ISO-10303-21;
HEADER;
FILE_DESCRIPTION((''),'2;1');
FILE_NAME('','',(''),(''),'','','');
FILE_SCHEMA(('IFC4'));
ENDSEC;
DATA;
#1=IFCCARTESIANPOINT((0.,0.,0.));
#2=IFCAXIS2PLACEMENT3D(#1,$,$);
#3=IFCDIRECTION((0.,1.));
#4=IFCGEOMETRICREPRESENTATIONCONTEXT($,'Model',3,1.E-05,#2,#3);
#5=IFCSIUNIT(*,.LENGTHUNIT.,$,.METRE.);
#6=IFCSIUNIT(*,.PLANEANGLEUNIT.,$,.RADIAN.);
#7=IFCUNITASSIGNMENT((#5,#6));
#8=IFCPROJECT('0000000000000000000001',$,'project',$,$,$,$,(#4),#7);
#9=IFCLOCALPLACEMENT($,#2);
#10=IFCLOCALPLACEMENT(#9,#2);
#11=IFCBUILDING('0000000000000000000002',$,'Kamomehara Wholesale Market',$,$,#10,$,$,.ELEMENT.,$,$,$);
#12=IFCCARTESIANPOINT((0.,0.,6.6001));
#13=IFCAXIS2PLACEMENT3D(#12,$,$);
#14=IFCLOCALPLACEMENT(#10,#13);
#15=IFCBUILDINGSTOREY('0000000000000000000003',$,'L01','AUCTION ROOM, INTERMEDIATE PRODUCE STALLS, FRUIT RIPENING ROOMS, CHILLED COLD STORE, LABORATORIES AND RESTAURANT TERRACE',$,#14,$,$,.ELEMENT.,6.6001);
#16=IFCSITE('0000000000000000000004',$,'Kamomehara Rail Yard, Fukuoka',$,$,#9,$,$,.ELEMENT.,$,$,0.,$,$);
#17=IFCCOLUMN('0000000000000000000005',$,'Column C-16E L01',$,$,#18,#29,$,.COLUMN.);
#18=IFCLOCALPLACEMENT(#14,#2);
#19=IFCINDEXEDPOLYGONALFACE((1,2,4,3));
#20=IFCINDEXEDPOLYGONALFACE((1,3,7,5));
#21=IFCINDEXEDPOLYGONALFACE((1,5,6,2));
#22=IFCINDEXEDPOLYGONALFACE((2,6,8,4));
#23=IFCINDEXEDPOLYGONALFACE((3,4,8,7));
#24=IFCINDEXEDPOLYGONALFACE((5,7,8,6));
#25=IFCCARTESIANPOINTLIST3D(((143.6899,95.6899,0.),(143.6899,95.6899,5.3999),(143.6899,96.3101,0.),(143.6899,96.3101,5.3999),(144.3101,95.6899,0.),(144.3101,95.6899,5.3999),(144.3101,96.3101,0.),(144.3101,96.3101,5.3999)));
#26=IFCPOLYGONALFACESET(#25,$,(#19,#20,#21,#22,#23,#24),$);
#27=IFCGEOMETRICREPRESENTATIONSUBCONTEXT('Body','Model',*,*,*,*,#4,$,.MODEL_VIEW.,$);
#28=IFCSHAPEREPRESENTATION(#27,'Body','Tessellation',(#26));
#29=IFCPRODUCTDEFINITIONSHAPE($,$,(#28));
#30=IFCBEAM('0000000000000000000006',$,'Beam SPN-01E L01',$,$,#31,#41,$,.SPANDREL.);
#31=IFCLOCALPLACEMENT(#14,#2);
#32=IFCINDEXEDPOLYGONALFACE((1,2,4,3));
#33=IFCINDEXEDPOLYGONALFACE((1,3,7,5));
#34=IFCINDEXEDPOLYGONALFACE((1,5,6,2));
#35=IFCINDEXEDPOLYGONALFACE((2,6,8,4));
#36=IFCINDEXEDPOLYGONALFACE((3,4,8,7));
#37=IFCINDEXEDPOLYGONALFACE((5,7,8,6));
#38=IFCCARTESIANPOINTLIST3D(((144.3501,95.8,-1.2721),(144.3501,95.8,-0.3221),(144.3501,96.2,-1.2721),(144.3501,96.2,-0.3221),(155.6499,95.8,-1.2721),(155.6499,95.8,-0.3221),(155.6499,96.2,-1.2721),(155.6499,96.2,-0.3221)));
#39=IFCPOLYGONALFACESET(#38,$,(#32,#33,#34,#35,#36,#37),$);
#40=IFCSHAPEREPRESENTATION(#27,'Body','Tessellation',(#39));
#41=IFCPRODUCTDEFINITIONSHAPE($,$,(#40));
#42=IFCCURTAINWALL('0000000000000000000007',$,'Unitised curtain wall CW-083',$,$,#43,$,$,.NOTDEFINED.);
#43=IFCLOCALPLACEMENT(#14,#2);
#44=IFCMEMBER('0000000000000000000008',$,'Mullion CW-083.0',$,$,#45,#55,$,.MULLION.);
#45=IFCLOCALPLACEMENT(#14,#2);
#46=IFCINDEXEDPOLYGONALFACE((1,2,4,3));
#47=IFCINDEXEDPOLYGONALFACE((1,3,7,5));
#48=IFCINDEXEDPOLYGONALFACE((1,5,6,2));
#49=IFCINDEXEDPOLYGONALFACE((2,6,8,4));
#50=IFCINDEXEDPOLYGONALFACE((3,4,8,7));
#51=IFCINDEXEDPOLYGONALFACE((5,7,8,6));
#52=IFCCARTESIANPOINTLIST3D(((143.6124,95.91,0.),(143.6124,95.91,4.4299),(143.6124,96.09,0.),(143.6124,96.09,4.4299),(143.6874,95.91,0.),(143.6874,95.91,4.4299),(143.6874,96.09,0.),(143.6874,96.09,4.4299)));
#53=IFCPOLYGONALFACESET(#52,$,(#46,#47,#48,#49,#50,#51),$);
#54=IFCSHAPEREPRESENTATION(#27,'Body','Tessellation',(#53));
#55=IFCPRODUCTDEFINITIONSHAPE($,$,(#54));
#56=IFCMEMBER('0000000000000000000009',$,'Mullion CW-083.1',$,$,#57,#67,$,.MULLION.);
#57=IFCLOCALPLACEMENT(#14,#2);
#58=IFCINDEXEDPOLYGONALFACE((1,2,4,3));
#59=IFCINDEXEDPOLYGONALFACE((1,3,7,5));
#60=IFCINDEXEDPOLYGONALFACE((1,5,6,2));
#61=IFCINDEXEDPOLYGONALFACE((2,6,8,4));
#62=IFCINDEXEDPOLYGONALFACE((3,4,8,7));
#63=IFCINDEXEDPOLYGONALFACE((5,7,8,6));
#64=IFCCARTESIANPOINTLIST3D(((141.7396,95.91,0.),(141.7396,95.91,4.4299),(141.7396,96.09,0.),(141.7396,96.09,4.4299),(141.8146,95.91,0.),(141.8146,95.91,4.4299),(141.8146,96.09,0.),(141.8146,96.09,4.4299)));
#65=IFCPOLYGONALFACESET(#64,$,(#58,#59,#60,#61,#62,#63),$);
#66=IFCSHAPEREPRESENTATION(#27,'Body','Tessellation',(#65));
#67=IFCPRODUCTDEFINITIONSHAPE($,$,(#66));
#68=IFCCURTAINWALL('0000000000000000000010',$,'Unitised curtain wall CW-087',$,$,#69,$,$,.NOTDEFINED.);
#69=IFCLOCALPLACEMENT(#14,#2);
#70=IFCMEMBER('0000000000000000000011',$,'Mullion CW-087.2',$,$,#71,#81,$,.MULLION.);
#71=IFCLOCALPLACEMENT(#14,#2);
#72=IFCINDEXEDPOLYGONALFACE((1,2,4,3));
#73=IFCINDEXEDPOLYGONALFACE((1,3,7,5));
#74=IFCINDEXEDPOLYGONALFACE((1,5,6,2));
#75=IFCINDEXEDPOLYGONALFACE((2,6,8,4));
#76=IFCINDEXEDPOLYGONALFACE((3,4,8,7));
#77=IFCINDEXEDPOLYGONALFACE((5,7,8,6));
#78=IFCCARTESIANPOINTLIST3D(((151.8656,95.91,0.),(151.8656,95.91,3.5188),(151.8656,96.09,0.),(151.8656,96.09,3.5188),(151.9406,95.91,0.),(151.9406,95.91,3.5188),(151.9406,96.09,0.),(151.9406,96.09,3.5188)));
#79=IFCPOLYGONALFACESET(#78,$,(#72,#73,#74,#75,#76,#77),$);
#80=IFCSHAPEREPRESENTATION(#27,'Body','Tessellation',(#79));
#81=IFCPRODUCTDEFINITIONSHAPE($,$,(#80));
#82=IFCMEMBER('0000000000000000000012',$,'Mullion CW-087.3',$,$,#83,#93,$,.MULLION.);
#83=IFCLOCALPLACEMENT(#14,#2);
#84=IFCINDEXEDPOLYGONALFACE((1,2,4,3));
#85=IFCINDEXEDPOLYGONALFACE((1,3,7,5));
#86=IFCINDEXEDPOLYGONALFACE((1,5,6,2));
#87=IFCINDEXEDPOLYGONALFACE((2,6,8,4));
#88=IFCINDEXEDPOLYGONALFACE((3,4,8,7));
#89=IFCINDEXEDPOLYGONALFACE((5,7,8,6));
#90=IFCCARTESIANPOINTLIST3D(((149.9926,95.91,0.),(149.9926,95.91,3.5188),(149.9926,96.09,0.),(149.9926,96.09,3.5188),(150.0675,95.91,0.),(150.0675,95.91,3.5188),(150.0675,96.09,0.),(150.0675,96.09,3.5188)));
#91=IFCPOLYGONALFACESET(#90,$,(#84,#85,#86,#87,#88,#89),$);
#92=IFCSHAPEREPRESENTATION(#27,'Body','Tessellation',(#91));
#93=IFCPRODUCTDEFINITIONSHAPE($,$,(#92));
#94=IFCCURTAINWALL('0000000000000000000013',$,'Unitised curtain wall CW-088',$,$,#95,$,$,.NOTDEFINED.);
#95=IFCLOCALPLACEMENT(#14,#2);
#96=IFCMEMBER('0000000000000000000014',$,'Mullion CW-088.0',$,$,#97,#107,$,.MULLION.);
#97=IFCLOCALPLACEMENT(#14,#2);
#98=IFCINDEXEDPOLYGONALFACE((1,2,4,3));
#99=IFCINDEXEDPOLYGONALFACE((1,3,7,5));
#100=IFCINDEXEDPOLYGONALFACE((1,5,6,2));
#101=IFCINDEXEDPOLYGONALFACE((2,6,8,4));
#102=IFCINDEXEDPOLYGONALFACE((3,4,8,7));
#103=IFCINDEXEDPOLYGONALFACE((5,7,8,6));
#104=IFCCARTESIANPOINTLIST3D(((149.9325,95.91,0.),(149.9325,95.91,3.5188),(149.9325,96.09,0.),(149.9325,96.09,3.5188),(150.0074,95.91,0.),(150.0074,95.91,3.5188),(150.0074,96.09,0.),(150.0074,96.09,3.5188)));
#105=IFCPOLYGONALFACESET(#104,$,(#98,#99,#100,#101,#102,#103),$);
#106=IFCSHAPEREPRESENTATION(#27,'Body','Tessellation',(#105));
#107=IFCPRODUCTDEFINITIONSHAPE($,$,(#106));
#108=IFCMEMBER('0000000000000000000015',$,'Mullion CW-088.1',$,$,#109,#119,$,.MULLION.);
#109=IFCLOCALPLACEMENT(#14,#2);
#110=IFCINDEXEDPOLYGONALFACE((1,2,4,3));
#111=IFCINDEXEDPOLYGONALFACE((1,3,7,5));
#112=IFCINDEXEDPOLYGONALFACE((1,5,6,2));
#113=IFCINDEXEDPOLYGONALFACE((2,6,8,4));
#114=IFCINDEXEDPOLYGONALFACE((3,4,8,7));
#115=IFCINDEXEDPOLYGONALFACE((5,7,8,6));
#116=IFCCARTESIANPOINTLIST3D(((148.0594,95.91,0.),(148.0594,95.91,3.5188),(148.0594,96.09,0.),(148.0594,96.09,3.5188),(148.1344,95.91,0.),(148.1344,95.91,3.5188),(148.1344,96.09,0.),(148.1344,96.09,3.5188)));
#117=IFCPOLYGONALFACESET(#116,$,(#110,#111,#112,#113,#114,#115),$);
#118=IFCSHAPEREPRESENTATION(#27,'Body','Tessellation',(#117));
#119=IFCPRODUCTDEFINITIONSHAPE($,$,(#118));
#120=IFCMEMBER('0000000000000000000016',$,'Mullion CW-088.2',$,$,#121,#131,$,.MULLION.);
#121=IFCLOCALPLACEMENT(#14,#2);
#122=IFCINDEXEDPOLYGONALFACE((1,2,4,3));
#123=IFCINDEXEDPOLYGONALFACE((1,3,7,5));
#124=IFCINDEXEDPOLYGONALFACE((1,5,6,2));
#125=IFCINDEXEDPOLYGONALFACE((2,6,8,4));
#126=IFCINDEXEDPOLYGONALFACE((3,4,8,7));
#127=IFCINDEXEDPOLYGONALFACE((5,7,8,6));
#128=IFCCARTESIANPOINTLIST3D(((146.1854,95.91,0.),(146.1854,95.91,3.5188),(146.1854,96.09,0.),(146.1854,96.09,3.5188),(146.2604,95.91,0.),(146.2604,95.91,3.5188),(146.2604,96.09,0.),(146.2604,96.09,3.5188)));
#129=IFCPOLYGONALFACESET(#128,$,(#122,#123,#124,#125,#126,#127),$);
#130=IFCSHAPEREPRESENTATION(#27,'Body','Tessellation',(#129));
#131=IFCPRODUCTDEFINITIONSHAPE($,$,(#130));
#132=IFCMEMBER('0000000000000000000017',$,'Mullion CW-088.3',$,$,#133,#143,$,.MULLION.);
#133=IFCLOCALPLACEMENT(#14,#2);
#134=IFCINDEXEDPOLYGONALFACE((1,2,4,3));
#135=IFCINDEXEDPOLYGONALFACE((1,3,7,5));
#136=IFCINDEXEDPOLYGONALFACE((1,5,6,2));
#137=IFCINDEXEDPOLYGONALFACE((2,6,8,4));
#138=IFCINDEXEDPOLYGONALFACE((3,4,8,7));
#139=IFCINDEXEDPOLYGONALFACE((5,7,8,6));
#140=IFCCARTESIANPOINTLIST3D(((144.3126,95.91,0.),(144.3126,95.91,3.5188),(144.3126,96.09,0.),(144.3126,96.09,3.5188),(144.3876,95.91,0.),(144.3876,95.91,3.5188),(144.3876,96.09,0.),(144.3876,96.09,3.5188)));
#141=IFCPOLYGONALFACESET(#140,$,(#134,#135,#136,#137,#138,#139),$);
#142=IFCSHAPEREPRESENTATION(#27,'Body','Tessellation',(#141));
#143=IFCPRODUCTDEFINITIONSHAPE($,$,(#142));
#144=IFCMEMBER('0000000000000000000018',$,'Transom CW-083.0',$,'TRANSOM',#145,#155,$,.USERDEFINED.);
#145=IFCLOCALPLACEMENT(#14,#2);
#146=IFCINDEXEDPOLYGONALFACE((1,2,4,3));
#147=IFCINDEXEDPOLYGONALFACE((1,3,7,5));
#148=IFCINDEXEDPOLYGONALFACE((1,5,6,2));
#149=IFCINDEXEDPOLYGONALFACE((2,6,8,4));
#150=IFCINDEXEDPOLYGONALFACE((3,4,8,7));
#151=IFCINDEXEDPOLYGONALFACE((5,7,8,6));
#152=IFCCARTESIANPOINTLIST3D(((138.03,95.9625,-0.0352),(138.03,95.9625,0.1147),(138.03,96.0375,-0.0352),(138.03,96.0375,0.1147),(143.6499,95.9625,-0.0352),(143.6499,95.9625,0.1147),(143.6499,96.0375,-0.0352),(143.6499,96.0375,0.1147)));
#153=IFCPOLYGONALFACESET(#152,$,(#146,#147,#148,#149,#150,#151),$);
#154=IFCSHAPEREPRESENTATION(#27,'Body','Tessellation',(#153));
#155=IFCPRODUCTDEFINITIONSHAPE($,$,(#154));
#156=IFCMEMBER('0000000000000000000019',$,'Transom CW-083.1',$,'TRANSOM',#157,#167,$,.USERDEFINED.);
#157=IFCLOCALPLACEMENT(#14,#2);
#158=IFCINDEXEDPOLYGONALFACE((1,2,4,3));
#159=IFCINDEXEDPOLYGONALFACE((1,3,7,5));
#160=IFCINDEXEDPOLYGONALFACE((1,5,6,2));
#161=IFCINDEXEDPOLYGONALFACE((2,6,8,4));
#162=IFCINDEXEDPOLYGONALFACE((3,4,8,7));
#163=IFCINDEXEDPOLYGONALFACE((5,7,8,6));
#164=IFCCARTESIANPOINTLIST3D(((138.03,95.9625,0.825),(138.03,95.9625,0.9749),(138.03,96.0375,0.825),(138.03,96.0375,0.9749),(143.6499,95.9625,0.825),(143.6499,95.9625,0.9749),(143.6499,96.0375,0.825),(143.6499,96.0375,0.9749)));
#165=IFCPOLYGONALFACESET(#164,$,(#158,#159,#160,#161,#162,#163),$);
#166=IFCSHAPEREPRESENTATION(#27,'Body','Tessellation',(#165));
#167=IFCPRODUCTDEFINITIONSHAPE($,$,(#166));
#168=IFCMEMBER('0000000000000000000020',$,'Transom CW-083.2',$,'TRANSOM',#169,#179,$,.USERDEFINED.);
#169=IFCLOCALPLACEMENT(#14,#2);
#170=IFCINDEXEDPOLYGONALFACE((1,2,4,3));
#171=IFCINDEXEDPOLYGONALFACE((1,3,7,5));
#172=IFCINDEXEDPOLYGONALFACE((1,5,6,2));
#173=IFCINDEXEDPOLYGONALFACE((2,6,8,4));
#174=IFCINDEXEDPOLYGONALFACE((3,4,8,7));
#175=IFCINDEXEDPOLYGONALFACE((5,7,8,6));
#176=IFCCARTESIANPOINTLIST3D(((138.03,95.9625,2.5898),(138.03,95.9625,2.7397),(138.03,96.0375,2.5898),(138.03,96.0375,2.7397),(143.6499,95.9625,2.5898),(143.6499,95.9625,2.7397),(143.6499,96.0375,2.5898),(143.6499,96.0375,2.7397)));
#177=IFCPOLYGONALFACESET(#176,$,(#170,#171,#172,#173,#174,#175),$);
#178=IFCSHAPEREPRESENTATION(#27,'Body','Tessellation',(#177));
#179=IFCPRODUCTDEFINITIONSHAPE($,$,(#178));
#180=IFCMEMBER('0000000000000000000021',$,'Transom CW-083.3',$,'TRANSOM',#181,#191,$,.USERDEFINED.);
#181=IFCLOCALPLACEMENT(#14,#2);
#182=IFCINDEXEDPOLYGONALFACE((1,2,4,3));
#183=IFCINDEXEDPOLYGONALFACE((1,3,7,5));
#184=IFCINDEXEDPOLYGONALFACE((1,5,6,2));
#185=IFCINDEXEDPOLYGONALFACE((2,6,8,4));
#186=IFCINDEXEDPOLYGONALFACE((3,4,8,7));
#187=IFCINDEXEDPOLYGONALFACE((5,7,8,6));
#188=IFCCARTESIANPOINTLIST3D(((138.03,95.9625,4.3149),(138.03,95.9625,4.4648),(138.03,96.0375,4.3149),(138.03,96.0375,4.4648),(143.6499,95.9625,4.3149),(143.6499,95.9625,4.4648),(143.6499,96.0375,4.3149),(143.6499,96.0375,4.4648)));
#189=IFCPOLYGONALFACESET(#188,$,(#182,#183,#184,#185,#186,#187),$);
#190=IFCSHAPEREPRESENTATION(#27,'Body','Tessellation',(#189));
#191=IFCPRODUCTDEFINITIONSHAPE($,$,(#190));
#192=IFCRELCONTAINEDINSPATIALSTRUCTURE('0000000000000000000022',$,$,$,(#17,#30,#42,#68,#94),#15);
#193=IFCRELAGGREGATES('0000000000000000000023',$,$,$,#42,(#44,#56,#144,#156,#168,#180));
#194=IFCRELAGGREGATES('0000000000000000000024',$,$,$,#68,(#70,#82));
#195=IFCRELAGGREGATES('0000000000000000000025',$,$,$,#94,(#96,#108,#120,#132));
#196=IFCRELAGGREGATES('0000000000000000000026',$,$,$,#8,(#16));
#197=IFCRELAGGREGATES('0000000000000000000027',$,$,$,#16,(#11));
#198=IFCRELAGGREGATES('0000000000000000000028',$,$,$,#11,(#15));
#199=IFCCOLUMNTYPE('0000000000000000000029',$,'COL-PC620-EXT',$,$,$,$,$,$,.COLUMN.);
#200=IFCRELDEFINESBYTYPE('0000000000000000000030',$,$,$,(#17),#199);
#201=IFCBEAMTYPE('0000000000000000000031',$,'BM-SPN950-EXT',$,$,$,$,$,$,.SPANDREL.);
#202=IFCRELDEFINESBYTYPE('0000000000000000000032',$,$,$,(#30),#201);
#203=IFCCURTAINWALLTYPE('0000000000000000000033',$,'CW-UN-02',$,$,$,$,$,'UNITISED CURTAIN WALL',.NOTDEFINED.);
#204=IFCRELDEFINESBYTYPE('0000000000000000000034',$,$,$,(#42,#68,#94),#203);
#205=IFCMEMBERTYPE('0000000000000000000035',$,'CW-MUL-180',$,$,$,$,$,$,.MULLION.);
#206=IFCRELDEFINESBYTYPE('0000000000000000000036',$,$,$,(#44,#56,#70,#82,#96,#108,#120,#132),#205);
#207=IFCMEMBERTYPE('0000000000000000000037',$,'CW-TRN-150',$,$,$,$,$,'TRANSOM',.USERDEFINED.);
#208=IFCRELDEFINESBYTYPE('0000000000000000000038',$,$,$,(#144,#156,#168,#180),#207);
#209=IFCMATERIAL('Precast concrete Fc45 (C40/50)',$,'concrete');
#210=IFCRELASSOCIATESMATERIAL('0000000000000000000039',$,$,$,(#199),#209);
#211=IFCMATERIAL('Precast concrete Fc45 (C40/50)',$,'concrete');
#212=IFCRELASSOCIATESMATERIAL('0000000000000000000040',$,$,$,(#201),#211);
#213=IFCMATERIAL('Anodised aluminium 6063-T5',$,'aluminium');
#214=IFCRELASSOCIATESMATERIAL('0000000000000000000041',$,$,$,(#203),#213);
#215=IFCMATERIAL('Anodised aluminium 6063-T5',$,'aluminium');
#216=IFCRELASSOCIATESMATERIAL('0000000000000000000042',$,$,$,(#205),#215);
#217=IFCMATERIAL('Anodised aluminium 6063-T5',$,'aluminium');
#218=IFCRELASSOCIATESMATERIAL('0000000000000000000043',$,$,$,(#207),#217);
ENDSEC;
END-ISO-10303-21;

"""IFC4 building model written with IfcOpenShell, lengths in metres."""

from ifc_helpers import new_model, si_unit, direction, frame, origin, origin_2d, place, context, subcontext, project, spatial, rectangle, extrude, material, material_profile, profile_set, type_object, element, aggregate, save


model = new_model("IFC4")

# Units and contexts
model_context = context("Model", 3, precision=1e-05, world=origin(), true_north=direction((0.0, 1.0)))
body_context = subcontext(model_context, "Body", "Model", "MODEL_VIEW")
ifc_project = project(units=[si_unit("LENGTHUNIT", "METRE"), si_unit("PLANEANGLEUNIT", "RADIAN")], contexts=[model_context])

# Site, building, storey
site_placement = place(None, origin())
site = spatial("IfcSite", under=ifc_project, at=site_placement, Name="Kamomehara Rail Yard, Fukuoka", CompositionType="ELEMENT", RefElevation=0.0)
building_placement = place(site_placement, origin())
building = spatial("IfcBuilding", under=site, at=building_placement, Name="Kamomehara Wholesale Market", CompositionType="ELEMENT")
storey_placement = place(building_placement, frame((0.0, 0.0, 6.6001)))
storey = spatial("IfcBuildingStorey", under=building, at=storey_placement, Name="L01", Description="AUCTION ROOM, INTERMEDIATE PRODUCE STALLS, FRUIT RIPENING ROOMS, CHILLED COLD STORE, LABORATORIES AND RESTAURANT TERRACE", CompositionType="ELEMENT", Elevation=6.6001)

# Column
ifc_material_1 = material(Name="Precast concrete Fc45 (C40/50)", Category="concrete")
ifc_material_profile_1 = material_profile(ifc_material_1, rectangle(XDim=0.6201, YDim=0.6201, at=origin_2d()), Name="PC-COL-620x620")
ifc_profile_set_1 = profile_set([ifc_material_profile_1], Name="Precast concrete Fc45 (C40/50)")
column_type = type_object("IfcColumnType", Name="COL-PC620-EXT", PredefinedType="COLUMN", material=ifc_profile_set_1)
column_placement = place(storey_placement, frame((144.0, 96.0, 0.0), z_axis=(0.0, 0.0, 1.0), x_axis=(1.0, 0.0, 0.0)))
element("IfcColumn", 1, at=column_placement, inside=storey, type_object=column_type, Name="Column C-16E L01", PredefinedType="COLUMN", context=body_context, shape_type="SweptSolid", body=[
    extrude(rectangle(XDim=0.6201, YDim=0.6201, at=origin_2d()), origin(), (0.0, 0.0, 1.0), 5.3999),
])

# Beam
ifc_material_2 = material(Name="Precast concrete Fc45 (C40/50)", Category="concrete")
ifc_material_profile_2 = material_profile(ifc_material_2, rectangle(XDim=0.3999, YDim=0.95, at=origin_2d()), Name="PC-SPN-400x950")
ifc_profile_set_2 = profile_set([ifc_material_profile_2], Name="Precast concrete Fc45 (C40/50)")
beam_type = type_object("IfcBeamType", Name="BM-SPN950-EXT", PredefinedType="SPANDREL", material=ifc_profile_set_2)
beam_placement = place(storey_placement, frame((144.3501, 96.0, -0.7971), z_axis=(1.0, 0.0, 0.0), x_axis=(0.0, 1.0, 0.0)))
element("IfcBeam", 2, at=beam_placement, inside=storey, type_object=beam_type, Name="Beam SPN-01E L01", PredefinedType="SPANDREL", context=body_context, shape_type="SweptSolid", body=[
    extrude(rectangle(XDim=0.3999, YDim=0.95, at=origin_2d()), origin(), (0.0, 0.0, 1.0), 11.2998),
])

# Curtain walls, members
ifc_material_3 = material(Name="Anodised aluminium 6063-T5", Category="aluminium")
curtain_wall_type = type_object("IfcCurtainWallType", Name="CW-UN-02", ElementType="UNITISED CURTAIN WALL", PredefinedType="NOTDEFINED", material=ifc_material_3)
curtain_wall_1_placement = place(storey_placement, origin())
curtain_wall_1 = element("IfcCurtainWall", 3, at=curtain_wall_1_placement, inside=storey, type_object=curtain_wall_type, Name="Unitised curtain wall CW-083", PredefinedType="NOTDEFINED")
ifc_material_4 = material(Name="Anodised aluminium 6063-T5", Category="aluminium")
ifc_material_profile_3 = material_profile(ifc_material_4, rectangle(XDim=0.075, YDim=0.1799, at=origin_2d()), Name="ALU-MUL-75x180")
ifc_profile_set_3 = profile_set([ifc_material_profile_3], Name="Anodised aluminium 6063-T5")
member_type_1 = type_object("IfcMemberType", Name="CW-MUL-180", PredefinedType="MULLION", material=ifc_profile_set_3)
member_1_placement = place(storey_placement, frame((143.6499, 96.0, 0.0), z_axis=(0.0, 0.0, 1.0), x_axis=(-1.0, 0.0, 0.0)))
member_1 = element("IfcMember", 4, at=member_1_placement, type_object=member_type_1, Name="Mullion CW-083.0", PredefinedType="MULLION", context=body_context, shape_type="SweptSolid", body=[
    extrude(rectangle(XDim=0.075, YDim=0.1799, at=origin_2d()), origin(), (0.0, 0.0, 1.0), 4.4299),
])
member_2_placement = place(storey_placement, frame((141.7771, 96.0, 0.0), z_axis=(0.0, 0.0, 1.0), x_axis=(-1.0, 0.0, 0.0)))
member_2 = element("IfcMember", 5, at=member_2_placement, type_object=member_type_1, Name="Mullion CW-083.1", PredefinedType="MULLION", context=body_context, shape_type="SweptSolid", body=[
    extrude(rectangle(XDim=0.075, YDim=0.1799, at=origin_2d()), origin(), (0.0, 0.0, 1.0), 4.4299),
])
curtain_wall_2_placement = place(storey_placement, origin())
curtain_wall_2 = element("IfcCurtainWall", 6, at=curtain_wall_2_placement, inside=storey, type_object=curtain_wall_type, Name="Unitised curtain wall CW-087", PredefinedType="NOTDEFINED")
member_3_placement = place(storey_placement, frame((151.9031, 96.0, 0.0), z_axis=(0.0, 0.0, 1.0), x_axis=(-1.0, 0.0, 0.0)))
member_3 = element("IfcMember", 7, at=member_3_placement, type_object=member_type_1, Name="Mullion CW-087.2", PredefinedType="MULLION", context=body_context, shape_type="SweptSolid", body=[
    extrude(rectangle(XDim=0.075, YDim=0.1799, at=origin_2d()), origin(), (0.0, 0.0, 1.0), 3.5188),
])
member_4_placement = place(storey_placement, frame((150.03, 96.0, 0.0), z_axis=(0.0, 0.0, 1.0), x_axis=(-1.0, 0.0, 0.0)))
member_4 = element("IfcMember", 8, at=member_4_placement, type_object=member_type_1, Name="Mullion CW-087.3", PredefinedType="MULLION", context=body_context, shape_type="SweptSolid", body=[
    extrude(rectangle(XDim=0.075, YDim=0.1799, at=origin_2d()), origin(), (0.0, 0.0, 1.0), 3.5188),
])
curtain_wall_3_placement = place(storey_placement, origin())
curtain_wall_3 = element("IfcCurtainWall", 9, at=curtain_wall_3_placement, inside=storey, type_object=curtain_wall_type, Name="Unitised curtain wall CW-088", PredefinedType="NOTDEFINED")
member_5_placement = place(storey_placement, frame((149.97, 96.0, 0.0), z_axis=(0.0, 0.0, 1.0), x_axis=(-1.0, 0.0, 0.0)))
member_5 = element("IfcMember", 10, at=member_5_placement, type_object=member_type_1, Name="Mullion CW-088.0", PredefinedType="MULLION", context=body_context, shape_type="SweptSolid", body=[
    extrude(rectangle(XDim=0.075, YDim=0.1799, at=origin_2d()), origin(), (0.0, 0.0, 1.0), 3.5188),
])
member_6_placement = place(storey_placement, frame((148.0969, 96.0, 0.0), z_axis=(0.0, 0.0, 1.0), x_axis=(-1.0, 0.0, 0.0)))
member_6 = element("IfcMember", 11, at=member_6_placement, type_object=member_type_1, Name="Mullion CW-088.1", PredefinedType="MULLION", context=body_context, shape_type="SweptSolid", body=[
    extrude(rectangle(XDim=0.075, YDim=0.1799, at=origin_2d()), origin(), (0.0, 0.0, 1.0), 3.5188),
])
member_7_placement = place(storey_placement, frame((146.2229, 96.0, 0.0), z_axis=(0.0, 0.0, 1.0), x_axis=(-1.0, 0.0, 0.0)))
member_7 = element("IfcMember", 12, at=member_7_placement, type_object=member_type_1, Name="Mullion CW-088.2", PredefinedType="MULLION", context=body_context, shape_type="SweptSolid", body=[
    extrude(rectangle(XDim=0.075, YDim=0.1799, at=origin_2d()), origin(), (0.0, 0.0, 1.0), 3.5188),
])
member_8_placement = place(storey_placement, frame((144.3501, 96.0, 0.0), z_axis=(0.0, 0.0, 1.0), x_axis=(-1.0, 0.0, 0.0)))
member_8 = element("IfcMember", 13, at=member_8_placement, type_object=member_type_1, Name="Mullion CW-088.3", PredefinedType="MULLION", context=body_context, shape_type="SweptSolid", body=[
    extrude(rectangle(XDim=0.075, YDim=0.1799, at=origin_2d()), origin(), (0.0, 0.0, 1.0), 3.5188),
])

# Members
ifc_material_5 = material(Name="Anodised aluminium 6063-T5", Category="aluminium")
ifc_material_profile_4 = material_profile(ifc_material_5, rectangle(XDim=0.075, YDim=0.1499, at=origin_2d()), Name="ALU-TRN-75x150")
ifc_profile_set_4 = profile_set([ifc_material_profile_4], Name="Anodised aluminium 6063-T5")
member_type_2 = type_object("IfcMemberType", Name="CW-TRN-150", ElementType="TRANSOM", PredefinedType="USERDEFINED", material=ifc_profile_set_4)
member_9_placement = place(storey_placement, frame((143.6499, 96.0, 0.0398), z_axis=(-1.0, 0.0, 0.0), x_axis=(0.0, -1.0, 0.0)))
member_9 = element("IfcMember", 14, at=member_9_placement, type_object=member_type_2, Name="Transom CW-083.0", ObjectType="TRANSOM", PredefinedType="USERDEFINED", context=body_context, shape_type="SweptSolid", body=[
    extrude(rectangle(XDim=0.075, YDim=0.1499, at=origin_2d()), origin(), (0.0, 0.0, 1.0), 5.6199),
])
member_10_placement = place(storey_placement, frame((143.6499, 96.0, 0.8999), z_axis=(-1.0, 0.0, 0.0), x_axis=(0.0, -1.0, 0.0)))
member_10 = element("IfcMember", 15, at=member_10_placement, type_object=member_type_2, Name="Transom CW-083.1", ObjectType="TRANSOM", PredefinedType="USERDEFINED", context=body_context, shape_type="SweptSolid", body=[
    extrude(rectangle(XDim=0.075, YDim=0.1499, at=origin_2d()), origin(), (0.0, 0.0, 1.0), 5.6199),
])
member_11_placement = place(storey_placement, frame((143.6499, 96.0, 2.6648), z_axis=(-1.0, 0.0, 0.0), x_axis=(0.0, -1.0, 0.0)))
member_11 = element("IfcMember", 16, at=member_11_placement, type_object=member_type_2, Name="Transom CW-083.2", ObjectType="TRANSOM", PredefinedType="USERDEFINED", context=body_context, shape_type="SweptSolid", body=[
    extrude(rectangle(XDim=0.075, YDim=0.1499, at=origin_2d()), origin(), (0.0, 0.0, 1.0), 5.6199),
])
member_12_placement = place(storey_placement, frame((143.6499, 96.0, 4.3899), z_axis=(-1.0, 0.0, 0.0), x_axis=(0.0, -1.0, 0.0)))
member_12 = element("IfcMember", 17, at=member_12_placement, type_object=member_type_2, Name="Transom CW-083.3", ObjectType="TRANSOM", PredefinedType="USERDEFINED", context=body_context, shape_type="SweptSolid", body=[
    extrude(rectangle(XDim=0.075, YDim=0.1499, at=origin_2d()), origin(), (0.0, 0.0, 1.0), 5.6199),
])
aggregate(curtain_wall_1, [member_1, member_2, member_9, member_10, member_11, member_12])

aggregate(curtain_wall_2, [member_3, member_4])
aggregate(curtain_wall_3, [member_5, member_6, member_7, member_8])

save(model, "model.ifc")
